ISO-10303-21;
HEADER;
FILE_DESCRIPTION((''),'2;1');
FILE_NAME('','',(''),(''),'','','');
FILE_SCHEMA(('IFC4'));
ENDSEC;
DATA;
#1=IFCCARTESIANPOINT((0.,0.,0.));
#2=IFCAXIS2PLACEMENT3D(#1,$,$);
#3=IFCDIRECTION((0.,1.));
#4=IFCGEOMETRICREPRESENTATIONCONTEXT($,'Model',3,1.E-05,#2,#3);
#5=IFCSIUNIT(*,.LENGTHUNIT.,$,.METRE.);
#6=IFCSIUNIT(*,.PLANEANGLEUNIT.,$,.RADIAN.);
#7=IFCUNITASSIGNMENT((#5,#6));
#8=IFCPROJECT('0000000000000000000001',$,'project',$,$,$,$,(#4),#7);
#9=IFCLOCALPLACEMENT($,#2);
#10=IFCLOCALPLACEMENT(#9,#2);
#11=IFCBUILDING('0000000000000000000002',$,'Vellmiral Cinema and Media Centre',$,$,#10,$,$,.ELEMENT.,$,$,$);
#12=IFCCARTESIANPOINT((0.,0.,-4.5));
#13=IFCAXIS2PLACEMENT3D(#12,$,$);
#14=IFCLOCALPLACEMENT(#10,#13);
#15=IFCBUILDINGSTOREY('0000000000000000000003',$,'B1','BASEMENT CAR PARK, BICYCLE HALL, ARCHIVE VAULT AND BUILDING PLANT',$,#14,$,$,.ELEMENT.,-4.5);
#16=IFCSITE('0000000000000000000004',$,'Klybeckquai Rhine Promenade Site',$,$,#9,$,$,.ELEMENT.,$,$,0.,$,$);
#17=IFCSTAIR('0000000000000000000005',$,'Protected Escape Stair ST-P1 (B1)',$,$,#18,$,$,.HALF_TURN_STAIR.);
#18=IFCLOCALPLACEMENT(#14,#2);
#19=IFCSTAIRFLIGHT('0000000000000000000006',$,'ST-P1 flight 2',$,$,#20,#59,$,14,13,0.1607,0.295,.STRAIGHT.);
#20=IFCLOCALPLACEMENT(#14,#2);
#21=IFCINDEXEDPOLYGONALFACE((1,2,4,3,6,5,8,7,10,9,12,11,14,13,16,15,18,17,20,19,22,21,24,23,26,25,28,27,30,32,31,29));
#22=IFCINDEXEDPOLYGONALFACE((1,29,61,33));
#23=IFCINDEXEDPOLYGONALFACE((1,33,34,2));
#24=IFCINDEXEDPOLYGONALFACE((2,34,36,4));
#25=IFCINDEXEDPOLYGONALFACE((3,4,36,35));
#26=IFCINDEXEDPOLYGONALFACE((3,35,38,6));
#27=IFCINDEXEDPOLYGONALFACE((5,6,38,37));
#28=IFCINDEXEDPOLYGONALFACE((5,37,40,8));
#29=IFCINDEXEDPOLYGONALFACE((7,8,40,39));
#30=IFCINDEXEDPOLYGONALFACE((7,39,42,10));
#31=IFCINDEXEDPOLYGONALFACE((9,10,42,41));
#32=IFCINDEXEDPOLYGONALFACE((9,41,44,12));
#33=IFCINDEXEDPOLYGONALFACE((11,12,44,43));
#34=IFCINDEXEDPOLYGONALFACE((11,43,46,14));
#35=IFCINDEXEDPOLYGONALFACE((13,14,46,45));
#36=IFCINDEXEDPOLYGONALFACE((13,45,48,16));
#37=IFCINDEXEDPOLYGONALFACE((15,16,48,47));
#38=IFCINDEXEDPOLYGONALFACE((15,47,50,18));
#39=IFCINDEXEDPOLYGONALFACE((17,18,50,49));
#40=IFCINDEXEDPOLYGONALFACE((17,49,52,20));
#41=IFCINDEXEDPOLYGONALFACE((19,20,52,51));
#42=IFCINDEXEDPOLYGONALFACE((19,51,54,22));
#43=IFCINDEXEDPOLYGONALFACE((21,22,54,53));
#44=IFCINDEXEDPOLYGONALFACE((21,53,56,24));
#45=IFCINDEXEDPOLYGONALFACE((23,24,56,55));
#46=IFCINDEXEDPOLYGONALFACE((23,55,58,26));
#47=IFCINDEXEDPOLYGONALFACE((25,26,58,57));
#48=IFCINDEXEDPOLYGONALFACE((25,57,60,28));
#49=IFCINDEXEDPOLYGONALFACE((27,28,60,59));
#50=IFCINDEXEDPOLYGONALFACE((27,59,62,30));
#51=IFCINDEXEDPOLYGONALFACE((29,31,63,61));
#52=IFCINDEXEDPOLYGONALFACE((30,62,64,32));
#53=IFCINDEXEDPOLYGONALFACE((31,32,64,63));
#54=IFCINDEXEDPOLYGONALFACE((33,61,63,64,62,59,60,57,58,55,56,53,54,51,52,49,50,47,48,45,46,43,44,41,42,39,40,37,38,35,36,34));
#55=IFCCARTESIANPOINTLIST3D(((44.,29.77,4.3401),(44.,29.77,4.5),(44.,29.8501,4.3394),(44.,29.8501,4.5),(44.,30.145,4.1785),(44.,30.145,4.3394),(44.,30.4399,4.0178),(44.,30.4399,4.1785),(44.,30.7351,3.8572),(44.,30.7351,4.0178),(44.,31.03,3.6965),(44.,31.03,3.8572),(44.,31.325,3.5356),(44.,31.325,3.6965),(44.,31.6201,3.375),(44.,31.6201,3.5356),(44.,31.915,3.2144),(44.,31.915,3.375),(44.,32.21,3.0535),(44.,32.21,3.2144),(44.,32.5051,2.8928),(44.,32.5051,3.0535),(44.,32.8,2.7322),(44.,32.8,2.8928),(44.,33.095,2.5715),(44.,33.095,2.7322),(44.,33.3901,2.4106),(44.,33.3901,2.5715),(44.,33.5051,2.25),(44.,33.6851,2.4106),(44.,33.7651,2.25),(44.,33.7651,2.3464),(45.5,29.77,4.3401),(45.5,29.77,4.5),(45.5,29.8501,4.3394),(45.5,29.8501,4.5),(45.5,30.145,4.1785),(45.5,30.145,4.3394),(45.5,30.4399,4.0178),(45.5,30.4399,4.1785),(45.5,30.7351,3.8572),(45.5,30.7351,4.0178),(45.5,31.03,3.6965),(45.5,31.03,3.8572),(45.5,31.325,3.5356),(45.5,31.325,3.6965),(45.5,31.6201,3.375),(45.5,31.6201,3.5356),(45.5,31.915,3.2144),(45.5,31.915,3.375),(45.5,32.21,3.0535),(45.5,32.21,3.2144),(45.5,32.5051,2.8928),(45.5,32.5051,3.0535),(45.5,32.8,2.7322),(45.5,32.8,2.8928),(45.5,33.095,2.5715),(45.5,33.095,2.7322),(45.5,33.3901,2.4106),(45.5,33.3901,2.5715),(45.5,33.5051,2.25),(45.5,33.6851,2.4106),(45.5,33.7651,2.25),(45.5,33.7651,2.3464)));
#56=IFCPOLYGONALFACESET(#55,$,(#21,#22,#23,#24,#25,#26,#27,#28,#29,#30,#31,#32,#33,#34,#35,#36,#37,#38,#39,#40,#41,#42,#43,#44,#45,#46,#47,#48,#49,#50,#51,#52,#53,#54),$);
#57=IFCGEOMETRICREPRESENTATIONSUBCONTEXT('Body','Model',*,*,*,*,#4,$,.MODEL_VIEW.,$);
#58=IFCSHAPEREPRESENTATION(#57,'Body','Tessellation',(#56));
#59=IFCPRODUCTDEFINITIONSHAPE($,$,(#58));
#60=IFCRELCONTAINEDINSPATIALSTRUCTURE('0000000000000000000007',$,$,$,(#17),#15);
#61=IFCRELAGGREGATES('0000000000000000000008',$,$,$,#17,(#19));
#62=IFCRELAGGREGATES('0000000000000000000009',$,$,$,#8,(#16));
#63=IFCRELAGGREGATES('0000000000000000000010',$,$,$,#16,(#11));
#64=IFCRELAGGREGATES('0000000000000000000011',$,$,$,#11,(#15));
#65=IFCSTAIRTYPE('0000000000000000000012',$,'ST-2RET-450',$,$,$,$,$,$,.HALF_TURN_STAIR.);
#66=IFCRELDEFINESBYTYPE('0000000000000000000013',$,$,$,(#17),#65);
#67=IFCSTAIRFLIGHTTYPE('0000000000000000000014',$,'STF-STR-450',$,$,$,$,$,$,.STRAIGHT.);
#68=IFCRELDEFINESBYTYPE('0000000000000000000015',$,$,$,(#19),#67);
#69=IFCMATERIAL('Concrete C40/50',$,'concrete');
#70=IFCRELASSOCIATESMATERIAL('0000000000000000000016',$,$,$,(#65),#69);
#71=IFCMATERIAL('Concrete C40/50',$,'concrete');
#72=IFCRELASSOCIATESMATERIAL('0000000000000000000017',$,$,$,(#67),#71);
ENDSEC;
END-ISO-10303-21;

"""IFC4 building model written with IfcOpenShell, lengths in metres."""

from ifc_helpers import new_model, si_unit, direction, frame, origin, place, context, subcontext, project, spatial, polyline, outline, extrude, material, type_object, element, aggregate, save


model = new_model("IFC4")

# Units and contexts
model_context = context("Model", 3, precision=1e-05, world=origin(), true_north=direction((0.0, 1.0)))
body_context = subcontext(model_context, "Body", "Model", "MODEL_VIEW")
ifc_project = project(units=[si_unit("LENGTHUNIT", "METRE"), si_unit("PLANEANGLEUNIT", "RADIAN")], contexts=[model_context])

# Site, building, storey
site_placement = place(None, origin())
site = spatial("IfcSite", under=ifc_project, at=site_placement, Name="Klybeckquai Rhine Promenade Site", CompositionType="ELEMENT", RefElevation=0.0)
building_placement = place(site_placement, origin())
building = spatial("IfcBuilding", under=site, at=building_placement, Name="Vellmiral Cinema and Media Centre", CompositionType="ELEMENT")
storey_placement = place(building_placement, frame((0.0, 0.0, -4.5)))
storey = spatial("IfcBuildingStorey", under=building, at=storey_placement, Name="B1", Description="BASEMENT CAR PARK, BICYCLE HALL, ARCHIVE VAULT AND BUILDING PLANT", CompositionType="ELEMENT", Elevation=-4.5)

# Stair, stair flight
ifc_material_1 = material(Name="Concrete C40/50", Category="concrete")
stair_type = type_object("IfcStairType", Name="ST-2RET-450", PredefinedType="HALF_TURN_STAIR", material=ifc_material_1)
stair_placement = place(storey_placement, origin())
stair = element("IfcStair", 1, at=stair_placement, inside=storey, type_object=stair_type, Name="Protected Escape Stair ST-P1 (B1)", PredefinedType="HALF_TURN_STAIR")
ifc_material_2 = material(Name="Concrete C40/50", Category="concrete")
stair_flight_type = type_object("IfcStairFlightType", Name="STF-STR-450", PredefinedType="STRAIGHT", material=ifc_material_2)
stair_flight_placement = place(storey_placement, frame((44.75, 33.6851, 2.25), z_axis=(0.0, 0.0, 1.0), x_axis=(0.0, -1.0, 0.0)))
stair_flight = element("IfcStairFlight", 2, at=stair_flight_placement, type_object=stair_flight_type, Name="ST-P1 flight 2", NumberOfRisers=14, NumberOfTreads=13, PredefinedType="STRAIGHT", RiserHeight=0.1607, TreadLength=0.295, context=body_context, shape_type="SweptSolid", body=[
    extrude(outline(polyline([(-0.0801, 0.0), (-0.0801, 0.0964), (0.0, 0.1606), (0.2949, 0.1606), (0.2949, 0.3215), (0.5901, 0.3215), (0.5901, 0.4822), (0.885, 0.4822), (0.885, 0.6428), (1.1799, 0.6428), (1.1799, 0.8035), (1.4751, 0.8035), (1.4751, 0.9644), (1.77, 0.9644), (1.77, 1.125), (2.0649, 1.125), (2.0649, 1.2856), (2.3601, 1.2856), (2.3601, 1.4465), (2.655, 1.4465), (2.655, 1.6072), (2.95, 1.6072), (2.95, 1.7678), (3.2451, 1.7678), (3.2451, 1.9285), (3.54, 1.9285), (3.54, 2.0894), (3.835, 2.0894), (3.835, 2.25), (3.915, 2.25), (3.915, 2.0901), (0.1799, 0.0), (-0.0801, 0.0)])), frame((0.0, 0.75, 0.0), z_axis=(0.0, -1.0, 0.0), x_axis=(1.0, 0.0, 0.0)), (0.0, 0.0, 1.0), 1.5),
])
aggregate(stair, [stair_flight])

save(model, "model.ifc")
